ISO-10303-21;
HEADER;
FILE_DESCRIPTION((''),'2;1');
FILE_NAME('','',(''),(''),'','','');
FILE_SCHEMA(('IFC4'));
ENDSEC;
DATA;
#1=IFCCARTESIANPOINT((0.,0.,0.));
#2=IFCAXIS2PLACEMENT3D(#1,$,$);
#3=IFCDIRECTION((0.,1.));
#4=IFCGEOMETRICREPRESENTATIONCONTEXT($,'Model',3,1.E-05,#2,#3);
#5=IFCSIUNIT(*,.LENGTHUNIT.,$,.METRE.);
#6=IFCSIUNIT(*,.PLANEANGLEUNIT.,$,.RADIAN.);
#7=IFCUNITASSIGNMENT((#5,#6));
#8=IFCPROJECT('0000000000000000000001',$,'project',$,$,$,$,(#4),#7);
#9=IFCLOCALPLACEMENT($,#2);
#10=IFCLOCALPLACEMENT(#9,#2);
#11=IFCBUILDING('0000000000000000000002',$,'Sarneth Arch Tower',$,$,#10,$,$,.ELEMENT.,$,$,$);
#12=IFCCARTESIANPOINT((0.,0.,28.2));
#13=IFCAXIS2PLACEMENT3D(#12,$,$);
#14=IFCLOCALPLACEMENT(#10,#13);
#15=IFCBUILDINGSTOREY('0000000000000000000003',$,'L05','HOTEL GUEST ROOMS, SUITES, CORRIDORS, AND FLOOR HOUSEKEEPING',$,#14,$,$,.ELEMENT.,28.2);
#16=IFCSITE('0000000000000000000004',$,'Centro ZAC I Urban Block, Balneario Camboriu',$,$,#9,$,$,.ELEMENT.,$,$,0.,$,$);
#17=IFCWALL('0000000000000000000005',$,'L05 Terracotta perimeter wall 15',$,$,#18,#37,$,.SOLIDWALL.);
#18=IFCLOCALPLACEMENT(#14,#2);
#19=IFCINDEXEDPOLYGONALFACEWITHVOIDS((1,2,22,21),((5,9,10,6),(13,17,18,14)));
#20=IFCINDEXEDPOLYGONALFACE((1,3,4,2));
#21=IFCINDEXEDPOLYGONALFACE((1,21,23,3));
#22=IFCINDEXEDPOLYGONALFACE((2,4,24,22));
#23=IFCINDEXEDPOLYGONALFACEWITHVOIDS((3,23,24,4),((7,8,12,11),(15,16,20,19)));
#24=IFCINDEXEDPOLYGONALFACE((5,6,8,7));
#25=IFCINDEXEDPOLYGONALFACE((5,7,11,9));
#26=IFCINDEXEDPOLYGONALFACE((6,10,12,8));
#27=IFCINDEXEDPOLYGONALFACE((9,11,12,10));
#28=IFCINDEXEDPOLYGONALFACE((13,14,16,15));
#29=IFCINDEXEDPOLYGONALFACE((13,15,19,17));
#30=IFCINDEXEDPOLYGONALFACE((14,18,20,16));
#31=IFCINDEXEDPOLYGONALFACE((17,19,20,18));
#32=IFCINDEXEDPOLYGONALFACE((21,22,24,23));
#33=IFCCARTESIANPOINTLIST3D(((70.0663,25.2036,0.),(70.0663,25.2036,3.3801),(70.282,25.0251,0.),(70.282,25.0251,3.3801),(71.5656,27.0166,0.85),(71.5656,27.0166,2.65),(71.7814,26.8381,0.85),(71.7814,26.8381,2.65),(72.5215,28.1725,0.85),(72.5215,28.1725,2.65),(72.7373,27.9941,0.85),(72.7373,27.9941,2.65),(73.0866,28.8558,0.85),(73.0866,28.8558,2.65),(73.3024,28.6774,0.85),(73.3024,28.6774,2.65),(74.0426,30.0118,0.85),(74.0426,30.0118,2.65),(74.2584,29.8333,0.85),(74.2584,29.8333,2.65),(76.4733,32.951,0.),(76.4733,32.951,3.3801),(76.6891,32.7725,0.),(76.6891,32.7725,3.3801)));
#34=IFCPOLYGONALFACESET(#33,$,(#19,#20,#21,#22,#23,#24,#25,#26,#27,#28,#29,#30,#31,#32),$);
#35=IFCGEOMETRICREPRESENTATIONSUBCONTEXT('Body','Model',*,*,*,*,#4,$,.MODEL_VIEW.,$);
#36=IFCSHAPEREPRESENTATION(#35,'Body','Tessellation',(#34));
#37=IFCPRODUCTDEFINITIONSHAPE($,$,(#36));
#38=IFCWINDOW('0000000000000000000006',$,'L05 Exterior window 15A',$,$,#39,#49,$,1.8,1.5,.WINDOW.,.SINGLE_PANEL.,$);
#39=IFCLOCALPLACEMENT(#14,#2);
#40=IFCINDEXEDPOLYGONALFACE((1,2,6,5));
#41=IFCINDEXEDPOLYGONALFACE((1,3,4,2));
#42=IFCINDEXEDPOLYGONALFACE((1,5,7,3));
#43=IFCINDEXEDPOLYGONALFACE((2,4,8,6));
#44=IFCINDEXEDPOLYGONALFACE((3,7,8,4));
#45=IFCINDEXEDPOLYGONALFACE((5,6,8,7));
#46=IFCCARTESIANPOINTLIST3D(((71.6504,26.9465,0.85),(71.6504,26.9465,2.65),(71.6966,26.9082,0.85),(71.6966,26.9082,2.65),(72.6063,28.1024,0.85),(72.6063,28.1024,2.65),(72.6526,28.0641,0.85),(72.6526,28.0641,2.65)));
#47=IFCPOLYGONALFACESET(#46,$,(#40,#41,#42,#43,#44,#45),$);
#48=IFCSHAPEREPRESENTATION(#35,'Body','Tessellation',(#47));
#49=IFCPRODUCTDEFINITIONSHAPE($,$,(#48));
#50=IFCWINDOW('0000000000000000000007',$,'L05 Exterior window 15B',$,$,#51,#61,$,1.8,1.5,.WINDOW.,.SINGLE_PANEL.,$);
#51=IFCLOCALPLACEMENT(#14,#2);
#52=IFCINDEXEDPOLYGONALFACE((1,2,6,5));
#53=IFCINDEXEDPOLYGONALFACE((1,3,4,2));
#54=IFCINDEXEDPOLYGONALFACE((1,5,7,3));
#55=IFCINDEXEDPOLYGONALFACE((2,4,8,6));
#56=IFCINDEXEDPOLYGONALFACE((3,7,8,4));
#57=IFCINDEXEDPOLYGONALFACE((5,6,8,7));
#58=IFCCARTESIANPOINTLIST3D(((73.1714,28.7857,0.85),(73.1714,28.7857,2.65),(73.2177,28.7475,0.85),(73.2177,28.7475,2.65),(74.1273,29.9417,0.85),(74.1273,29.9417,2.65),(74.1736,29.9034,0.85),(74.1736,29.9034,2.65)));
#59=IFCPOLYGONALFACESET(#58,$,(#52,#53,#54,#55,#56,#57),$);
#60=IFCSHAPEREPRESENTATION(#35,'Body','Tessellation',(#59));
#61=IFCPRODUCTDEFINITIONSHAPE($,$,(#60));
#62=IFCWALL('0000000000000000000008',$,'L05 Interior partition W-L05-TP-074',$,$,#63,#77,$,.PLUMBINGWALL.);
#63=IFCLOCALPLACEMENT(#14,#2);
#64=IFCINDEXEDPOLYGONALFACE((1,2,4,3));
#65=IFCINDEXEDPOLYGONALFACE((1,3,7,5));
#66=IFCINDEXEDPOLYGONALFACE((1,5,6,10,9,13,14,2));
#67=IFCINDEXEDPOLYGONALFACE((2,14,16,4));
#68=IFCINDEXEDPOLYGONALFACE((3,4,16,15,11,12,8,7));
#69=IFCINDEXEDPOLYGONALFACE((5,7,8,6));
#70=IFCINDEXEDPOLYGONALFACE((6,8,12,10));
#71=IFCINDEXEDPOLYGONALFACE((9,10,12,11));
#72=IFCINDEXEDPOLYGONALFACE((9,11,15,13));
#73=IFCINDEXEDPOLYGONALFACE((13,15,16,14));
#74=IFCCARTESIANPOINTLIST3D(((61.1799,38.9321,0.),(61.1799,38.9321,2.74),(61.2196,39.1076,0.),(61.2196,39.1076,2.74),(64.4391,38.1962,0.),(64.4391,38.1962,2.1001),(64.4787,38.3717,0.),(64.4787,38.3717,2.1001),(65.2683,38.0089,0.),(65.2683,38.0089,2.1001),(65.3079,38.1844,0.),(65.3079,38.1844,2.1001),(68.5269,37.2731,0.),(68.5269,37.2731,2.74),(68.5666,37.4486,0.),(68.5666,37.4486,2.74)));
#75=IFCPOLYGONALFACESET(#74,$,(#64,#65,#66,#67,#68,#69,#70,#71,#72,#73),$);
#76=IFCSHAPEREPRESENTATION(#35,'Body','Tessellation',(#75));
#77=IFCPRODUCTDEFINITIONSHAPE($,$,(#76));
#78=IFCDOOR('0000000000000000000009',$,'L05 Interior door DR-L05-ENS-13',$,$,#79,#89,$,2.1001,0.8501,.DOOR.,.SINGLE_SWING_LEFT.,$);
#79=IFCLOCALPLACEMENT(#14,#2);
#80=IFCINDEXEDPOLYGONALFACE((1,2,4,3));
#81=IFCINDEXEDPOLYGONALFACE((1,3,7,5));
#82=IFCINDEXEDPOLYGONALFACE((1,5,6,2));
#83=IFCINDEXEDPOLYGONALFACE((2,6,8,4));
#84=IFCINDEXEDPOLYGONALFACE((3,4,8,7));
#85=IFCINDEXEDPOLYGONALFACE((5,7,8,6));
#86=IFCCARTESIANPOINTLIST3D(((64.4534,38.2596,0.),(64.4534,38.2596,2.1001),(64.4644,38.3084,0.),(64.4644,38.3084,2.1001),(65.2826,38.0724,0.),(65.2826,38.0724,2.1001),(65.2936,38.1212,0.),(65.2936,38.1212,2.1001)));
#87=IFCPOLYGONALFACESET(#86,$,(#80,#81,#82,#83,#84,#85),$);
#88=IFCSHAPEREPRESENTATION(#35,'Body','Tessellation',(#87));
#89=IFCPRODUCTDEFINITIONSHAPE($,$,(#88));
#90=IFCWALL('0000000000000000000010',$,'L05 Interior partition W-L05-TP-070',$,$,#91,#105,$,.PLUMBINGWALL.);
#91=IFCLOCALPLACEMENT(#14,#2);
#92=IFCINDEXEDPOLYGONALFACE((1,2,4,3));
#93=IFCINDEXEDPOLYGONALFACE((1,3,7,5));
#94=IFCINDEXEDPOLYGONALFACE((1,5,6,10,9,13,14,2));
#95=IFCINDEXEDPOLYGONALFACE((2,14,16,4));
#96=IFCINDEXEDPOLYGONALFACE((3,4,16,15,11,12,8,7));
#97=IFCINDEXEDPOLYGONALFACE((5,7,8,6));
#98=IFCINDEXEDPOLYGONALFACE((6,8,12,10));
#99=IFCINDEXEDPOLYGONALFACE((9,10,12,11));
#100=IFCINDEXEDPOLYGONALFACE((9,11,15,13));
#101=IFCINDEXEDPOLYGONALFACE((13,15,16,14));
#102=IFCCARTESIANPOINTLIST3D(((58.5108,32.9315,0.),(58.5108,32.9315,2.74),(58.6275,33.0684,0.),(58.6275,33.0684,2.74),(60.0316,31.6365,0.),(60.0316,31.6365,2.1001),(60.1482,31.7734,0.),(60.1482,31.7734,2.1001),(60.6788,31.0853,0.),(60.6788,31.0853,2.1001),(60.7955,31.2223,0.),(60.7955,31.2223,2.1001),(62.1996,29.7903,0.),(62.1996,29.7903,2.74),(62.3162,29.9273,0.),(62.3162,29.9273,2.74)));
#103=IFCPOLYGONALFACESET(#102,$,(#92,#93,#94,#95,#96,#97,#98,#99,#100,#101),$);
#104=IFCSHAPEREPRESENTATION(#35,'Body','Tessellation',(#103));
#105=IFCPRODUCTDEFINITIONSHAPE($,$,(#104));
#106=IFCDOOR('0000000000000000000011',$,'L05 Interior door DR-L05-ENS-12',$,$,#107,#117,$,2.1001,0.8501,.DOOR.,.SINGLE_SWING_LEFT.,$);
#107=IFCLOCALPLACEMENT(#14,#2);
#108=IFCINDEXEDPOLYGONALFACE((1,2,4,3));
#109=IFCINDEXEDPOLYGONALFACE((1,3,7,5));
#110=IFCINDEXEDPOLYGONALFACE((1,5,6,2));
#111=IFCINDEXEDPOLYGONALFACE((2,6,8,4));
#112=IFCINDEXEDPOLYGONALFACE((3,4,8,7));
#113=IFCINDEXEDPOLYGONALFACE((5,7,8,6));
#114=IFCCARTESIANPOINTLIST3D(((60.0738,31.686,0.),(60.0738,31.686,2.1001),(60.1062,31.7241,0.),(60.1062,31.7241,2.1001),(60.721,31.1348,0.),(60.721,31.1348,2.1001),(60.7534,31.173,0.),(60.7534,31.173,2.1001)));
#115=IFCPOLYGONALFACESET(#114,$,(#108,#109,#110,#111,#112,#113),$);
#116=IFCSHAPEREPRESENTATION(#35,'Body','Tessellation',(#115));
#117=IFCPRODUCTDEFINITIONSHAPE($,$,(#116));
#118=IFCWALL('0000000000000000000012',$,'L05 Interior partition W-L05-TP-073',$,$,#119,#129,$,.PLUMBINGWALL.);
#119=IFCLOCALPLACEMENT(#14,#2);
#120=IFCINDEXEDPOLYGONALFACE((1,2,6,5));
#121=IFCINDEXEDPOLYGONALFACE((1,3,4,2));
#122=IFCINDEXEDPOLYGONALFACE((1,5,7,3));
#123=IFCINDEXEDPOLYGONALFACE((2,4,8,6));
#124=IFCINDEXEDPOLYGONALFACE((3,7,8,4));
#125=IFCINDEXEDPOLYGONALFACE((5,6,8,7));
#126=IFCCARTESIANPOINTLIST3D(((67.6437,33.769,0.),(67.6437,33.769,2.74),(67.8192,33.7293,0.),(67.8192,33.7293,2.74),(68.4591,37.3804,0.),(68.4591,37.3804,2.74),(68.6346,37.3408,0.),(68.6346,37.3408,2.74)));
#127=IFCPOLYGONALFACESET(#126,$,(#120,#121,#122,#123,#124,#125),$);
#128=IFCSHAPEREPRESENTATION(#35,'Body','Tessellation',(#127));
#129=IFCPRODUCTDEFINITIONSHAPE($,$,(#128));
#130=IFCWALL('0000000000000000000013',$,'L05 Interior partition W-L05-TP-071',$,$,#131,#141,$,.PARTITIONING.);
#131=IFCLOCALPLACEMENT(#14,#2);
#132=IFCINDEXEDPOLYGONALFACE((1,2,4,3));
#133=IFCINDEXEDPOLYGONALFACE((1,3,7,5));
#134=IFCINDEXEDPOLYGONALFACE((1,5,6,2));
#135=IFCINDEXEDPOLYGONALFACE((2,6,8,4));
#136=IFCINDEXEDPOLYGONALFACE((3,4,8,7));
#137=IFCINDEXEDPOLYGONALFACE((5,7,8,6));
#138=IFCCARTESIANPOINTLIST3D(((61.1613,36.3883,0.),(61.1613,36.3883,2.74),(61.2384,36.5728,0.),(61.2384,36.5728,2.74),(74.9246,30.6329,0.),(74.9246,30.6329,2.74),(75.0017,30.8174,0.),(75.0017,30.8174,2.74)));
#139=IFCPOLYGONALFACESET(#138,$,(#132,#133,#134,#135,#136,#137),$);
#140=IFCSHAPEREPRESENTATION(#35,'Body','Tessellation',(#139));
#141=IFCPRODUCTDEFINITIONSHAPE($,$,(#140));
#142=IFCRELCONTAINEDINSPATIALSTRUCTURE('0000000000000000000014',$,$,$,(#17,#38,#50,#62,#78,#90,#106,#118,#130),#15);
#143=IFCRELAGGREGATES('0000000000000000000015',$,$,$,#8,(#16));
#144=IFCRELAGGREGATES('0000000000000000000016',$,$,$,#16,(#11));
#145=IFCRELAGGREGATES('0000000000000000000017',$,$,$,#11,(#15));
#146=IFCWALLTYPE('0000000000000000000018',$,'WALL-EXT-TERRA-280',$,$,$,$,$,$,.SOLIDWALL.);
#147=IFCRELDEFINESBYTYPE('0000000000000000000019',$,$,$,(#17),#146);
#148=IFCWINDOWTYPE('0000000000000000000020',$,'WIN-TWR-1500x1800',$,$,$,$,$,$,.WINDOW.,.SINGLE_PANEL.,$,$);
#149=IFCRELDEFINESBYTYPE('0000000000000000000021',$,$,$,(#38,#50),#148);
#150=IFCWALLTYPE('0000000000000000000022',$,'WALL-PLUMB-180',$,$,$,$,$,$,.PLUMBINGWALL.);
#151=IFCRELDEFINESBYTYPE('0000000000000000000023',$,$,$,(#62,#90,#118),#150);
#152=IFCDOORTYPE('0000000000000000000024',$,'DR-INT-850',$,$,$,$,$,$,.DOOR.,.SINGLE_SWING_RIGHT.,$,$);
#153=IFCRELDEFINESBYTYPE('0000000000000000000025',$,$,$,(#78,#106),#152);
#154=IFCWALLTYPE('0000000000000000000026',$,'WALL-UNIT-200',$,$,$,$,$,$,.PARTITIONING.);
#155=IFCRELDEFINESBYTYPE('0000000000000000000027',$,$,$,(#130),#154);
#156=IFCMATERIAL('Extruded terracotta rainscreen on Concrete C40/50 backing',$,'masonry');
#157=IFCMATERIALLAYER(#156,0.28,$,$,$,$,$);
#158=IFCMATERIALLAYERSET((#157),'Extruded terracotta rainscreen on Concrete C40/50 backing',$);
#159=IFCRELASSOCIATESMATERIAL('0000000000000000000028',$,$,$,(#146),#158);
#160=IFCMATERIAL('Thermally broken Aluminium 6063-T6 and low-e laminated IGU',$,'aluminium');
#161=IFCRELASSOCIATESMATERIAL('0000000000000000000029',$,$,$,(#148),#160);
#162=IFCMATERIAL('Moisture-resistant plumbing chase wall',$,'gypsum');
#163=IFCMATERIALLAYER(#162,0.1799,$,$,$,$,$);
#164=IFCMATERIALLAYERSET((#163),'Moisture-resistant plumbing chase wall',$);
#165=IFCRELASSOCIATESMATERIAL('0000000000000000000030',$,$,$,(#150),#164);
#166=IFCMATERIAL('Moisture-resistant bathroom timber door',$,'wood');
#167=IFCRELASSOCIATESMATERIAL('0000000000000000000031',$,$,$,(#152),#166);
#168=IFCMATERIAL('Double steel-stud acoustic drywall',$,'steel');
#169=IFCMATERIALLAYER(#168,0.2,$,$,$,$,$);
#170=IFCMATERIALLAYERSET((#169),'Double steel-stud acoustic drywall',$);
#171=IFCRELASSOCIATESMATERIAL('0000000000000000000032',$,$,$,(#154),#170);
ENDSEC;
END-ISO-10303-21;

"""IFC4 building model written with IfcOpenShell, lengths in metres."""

from ifc_helpers import new_model, si_unit, direction, frame, frame_2d, origin, place, context, subcontext, project, spatial, rectangle, extrude, material, layer, layer_set, type_object, element, fill, save


model = new_model("IFC4")

# Units and contexts
model_context = context("Model", 3, precision=1e-05, world=origin(), true_north=direction((0.0, 1.0)))
body_context = subcontext(model_context, "Body", "Model", "MODEL_VIEW")
ifc_project = project(units=[si_unit("LENGTHUNIT", "METRE"), si_unit("PLANEANGLEUNIT", "RADIAN")], contexts=[model_context])

# Site, building, storey
site_placement = place(None, origin())
site = spatial("IfcSite", under=ifc_project, at=site_placement, Name="Centro ZAC I Urban Block, Balneario Camboriu", CompositionType="ELEMENT", RefElevation=0.0)
building_placement = place(site_placement, origin())
building = spatial("IfcBuilding", under=site, at=building_placement, Name="Sarneth Arch Tower", CompositionType="ELEMENT")
storey_placement = place(building_placement, frame((0.0, 0.0, 28.2)))
storey = spatial("IfcBuildingStorey", under=building, at=storey_placement, Name="L05", Description="HOTEL GUEST ROOMS, SUITES, CORRIDORS, AND FLOOR HOUSEKEEPING", CompositionType="ELEMENT", Elevation=28.2)

# Wall, openings, windows
ifc_material_1 = material(Name="Extruded terracotta rainscreen on Concrete C40/50 backing", Category="masonry")
ifc_layer_1 = layer(ifc_material_1, 0.28)
ifc_layer_set_1 = layer_set([ifc_layer_1], Name="Extruded terracotta rainscreen on Concrete C40/50 backing")
wall_type_1 = type_object("IfcWallType", Name="WALL-EXT-TERRA-280", PredefinedType="SOLIDWALL", material=ifc_layer_set_1)
wall_1_placement = place(storey_placement, frame((70.1741, 25.1143, 0.0), z_axis=(0.0, 0.0, 1.0), x_axis=(0.637297, 0.770618, 0.0)))
wall_1 = element("IfcWall", 1, at=wall_1_placement, inside=storey, type_object=wall_type_1, Name="L05 Terracotta perimeter wall 15", PredefinedType="SOLIDWALL", context=body_context, shape_type="SweptSolid", body=[
    extrude(rectangle(XDim=10.0535, YDim=0.28, at=frame_2d((5.0269, 0.0))), origin(), (0.0, 0.0, 1.0), 3.3801),
])
opening_1_placement = place(wall_1_placement, frame((2.3528, 0.0, 0.8501)))
opening_1 = element("IfcOpeningElement", 2, at=opening_1_placement, cuts=wall_1, PredefinedType="OPENING", context=body_context, shape_type="SweptSolid", body=[
    extrude(rectangle(XDim=1.5, YDim=1.8, at=frame_2d((0.75, 0.8999))), frame((0.0, 0.1499, 0.0), z_axis=(0.0, -1.0, 0.0), x_axis=(1.0, 0.0, 0.0)), (0.0, 0.0, 1.0), 0.3),
])
opening_2_placement = place(wall_1_placement, frame((4.7395, 0.0, 0.8501)))
opening_2 = element("IfcOpeningElement", 3, at=opening_2_placement, cuts=wall_1, PredefinedType="OPENING", context=body_context, shape_type="SweptSolid", body=[
    extrude(rectangle(XDim=1.5, YDim=1.8, at=frame_2d((0.75, 0.8999))), frame((0.0, 0.1499, 0.0), z_axis=(0.0, -1.0, 0.0), x_axis=(1.0, 0.0, 0.0)), (0.0, 0.0, 1.0), 0.3),
])
ifc_material_2 = material(Name="Thermally broken Aluminium 6063-T6 and low-e laminated IGU", Category="aluminium")
window_type = type_object("IfcWindowType", Name="WIN-TWR-1500x1800", PartitioningType="SINGLE_PANEL", PredefinedType="WINDOW", material=ifc_material_2)
window_1_placement = place(opening_1_placement, origin())
window_1 = element("IfcWindow", 4, at=window_1_placement, inside=storey, type_object=window_type, Name="L05 Exterior window 15A", OverallHeight=1.8, OverallWidth=1.5, PartitioningType="SINGLE_PANEL", PredefinedType="WINDOW", context=body_context, shape_type="SweptSolid", body=[
    extrude(rectangle(XDim=1.5, YDim=1.8, at=frame_2d((0.75, 0.8999))), frame((0.0, 0.03, 0.0), z_axis=(0.0, -1.0, 0.0), x_axis=(1.0, 0.0, 0.0)), (0.0, 0.0, 1.0), 0.0601),
])
fill(opening_1, window_1)
window_2_placement = place(opening_2_placement, origin())
window_2 = element("IfcWindow", 5, at=window_2_placement, inside=storey, type_object=window_type, Name="L05 Exterior window 15B", OverallHeight=1.8, OverallWidth=1.5, PartitioningType="SINGLE_PANEL", PredefinedType="WINDOW", context=body_context, shape_type="SweptSolid", body=[
    extrude(rectangle(XDim=1.5, YDim=1.8, at=frame_2d((0.75, 0.8999))), frame((0.0, 0.03, 0.0), z_axis=(0.0, -1.0, 0.0), x_axis=(1.0, 0.0, 0.0)), (0.0, 0.0, 1.0), 0.0601),
])
fill(opening_2, window_2)

# Walls, openings, doors
ifc_material_3 = material(Name="Moisture-resistant plumbing chase wall", Category="gypsum")
ifc_layer_2 = layer(ifc_material_3, 0.1799)
ifc_layer_set_2 = layer_set([ifc_layer_2], Name="Moisture-resistant plumbing chase wall")
wall_type_2 = type_object("IfcWallType", Name="WALL-PLUMB-180", PredefinedType="PLUMBINGWALL", material=ifc_layer_set_2)
wall_2_placement = place(storey_placement, frame((68.5469, 37.3608, 0.0), z_axis=(0.0, 0.0, 1.0), x_axis=(-0.975442, 0.220255, 0.0)))
wall_2 = element("IfcWall", 6, at=wall_2_placement, inside=storey, type_object=wall_type_2, Name="L05 Interior partition W-L05-TP-074", PredefinedType="PLUMBINGWALL", context=body_context, shape_type="SweptSolid", body=[
    extrude(rectangle(XDim=7.532, YDim=0.1799, at=frame_2d((3.7661, 0.0))), origin(), (0.0, 0.0, 1.0), 2.74),
])
opening_3_placement = place(wall_2_placement, frame((3.3408, 0.0, 0.0)))
opening_3 = element("IfcOpeningElement", 7, at=opening_3_placement, cuts=wall_2, PredefinedType="OPENING", context=body_context, shape_type="SweptSolid", body=[
    extrude(rectangle(XDim=0.8501, YDim=2.1001, at=frame_2d((0.425, 1.05))), frame((0.0, 0.0999, 0.0), z_axis=(0.0, -1.0, 0.0), x_axis=(1.0, 0.0, 0.0)), (0.0, 0.0, 1.0), 0.2),
])
ifc_material_4 = material(Name="Moisture-resistant bathroom timber door", Category="wood")
door_type_1 = type_object("IfcDoorType", Name="DR-INT-850", OperationType="SINGLE_SWING_RIGHT", PredefinedType="DOOR", material=ifc_material_4)
door_1_placement = place(opening_3_placement, origin())
door_1 = element("IfcDoor", 8, at=door_1_placement, inside=storey, type_object=door_type_1, Name="L05 Interior door DR-L05-ENS-13", OperationType="SINGLE_SWING_LEFT", OverallHeight=2.1001, OverallWidth=0.8501, PredefinedType="DOOR", context=body_context, shape_type="SweptSolid", body=[
    extrude(rectangle(XDim=0.8501, YDim=2.1001, at=frame_2d((0.425, 1.05))), frame((0.0, 0.0249, 0.0), z_axis=(0.0, -1.0, 0.0), x_axis=(1.0, 0.0, 0.0)), (0.0, 0.0, 1.0), 0.05),
])
fill(opening_3, door_1)
wall_3_placement = place(storey_placement, frame((62.2578, 29.8589, 0.0), z_axis=(0.0, 0.0, 1.0), x_axis=(-0.761358, 0.648331, 0.0)))
wall_3 = element("IfcWall", 9, at=wall_3_placement, inside=storey, type_object=wall_type_2, Name="L05 Interior partition W-L05-TP-070", PredefinedType="PLUMBINGWALL", context=body_context, shape_type="SweptSolid", body=[
    extrude(rectangle(XDim=4.845, YDim=0.1799, at=frame_2d((2.4224, 0.0))), origin(), (0.0, 0.0, 1.0), 2.74),
])
opening_4_placement = place(wall_3_placement, frame((1.9973, 0.0, 0.0)))
opening_4 = element("IfcOpeningElement", 10, at=opening_4_placement, cuts=wall_3, PredefinedType="OPENING", context=body_context, shape_type="SweptSolid", body=[
    extrude(rectangle(XDim=0.8501, YDim=2.1001, at=frame_2d((0.425, 1.05))), frame((0.0, 0.0999, 0.0), z_axis=(0.0, -1.0, 0.0), x_axis=(1.0, 0.0, 0.0)), (0.0, 0.0, 1.0), 0.2),
])
door_2_placement = place(opening_4_placement, origin())
door_2 = element("IfcDoor", 11, at=door_2_placement, inside=storey, type_object=door_type_1, Name="L05 Interior door DR-L05-ENS-12", OperationType="SINGLE_SWING_LEFT", OverallHeight=2.1001, OverallWidth=0.8501, PredefinedType="DOOR", context=body_context, shape_type="SweptSolid", body=[
    extrude(rectangle(XDim=0.8501, YDim=2.1001, at=frame_2d((0.425, 1.05))), frame((0.0, 0.0249, 0.0), z_axis=(0.0, -1.0, 0.0), x_axis=(1.0, 0.0, 0.0)), (0.0, 0.0, 1.0), 0.05),
])
fill(opening_4, door_2)

# Walls
wall_4_placement = place(storey_placement, frame((67.7314, 33.7493, 0.0), z_axis=(0.0, 0.0, 1.0), x_axis=(0.220239, 0.975446, 0.0)))
element("IfcWall", 12, at=wall_4_placement, inside=storey, type_object=wall_type_2, Name="L05 Interior partition W-L05-TP-073", PredefinedType="PLUMBINGWALL", context=body_context, shape_type="SweptSolid", body=[
    extrude(rectangle(XDim=3.7024, YDim=0.1799, at=frame_2d((1.8511, 0.0))), origin(), (0.0, 0.0, 1.0), 2.74),
])
ifc_material_5 = material(Name="Double steel-stud acoustic drywall", Category="steel")
ifc_layer_3 = layer(ifc_material_5, 0.2)
ifc_layer_set_3 = layer_set([ifc_layer_3], Name="Double steel-stud acoustic drywall")
wall_type_3 = type_object("IfcWallType", Name="WALL-UNIT-200", PredefinedType="PARTITIONING", material=ifc_layer_set_3)
wall_5_placement = place(storey_placement, frame((61.2, 36.4805, 0.0), z_axis=(0.0, 0.0, 1.0), x_axis=(0.922586, -0.385792, 0.0)))
element("IfcWall", 13, at=wall_5_placement, inside=storey, type_object=wall_type_3, Name="L05 Interior partition W-L05-TP-071", PredefinedType="PARTITIONING", context=body_context, shape_type="SweptSolid", body=[
    extrude(rectangle(XDim=14.9182, YDim=0.2, at=frame_2d((7.459, 0.0))), origin(), (0.0, 0.0, 1.0), 2.74),
])

save(model, "model.ifc")
